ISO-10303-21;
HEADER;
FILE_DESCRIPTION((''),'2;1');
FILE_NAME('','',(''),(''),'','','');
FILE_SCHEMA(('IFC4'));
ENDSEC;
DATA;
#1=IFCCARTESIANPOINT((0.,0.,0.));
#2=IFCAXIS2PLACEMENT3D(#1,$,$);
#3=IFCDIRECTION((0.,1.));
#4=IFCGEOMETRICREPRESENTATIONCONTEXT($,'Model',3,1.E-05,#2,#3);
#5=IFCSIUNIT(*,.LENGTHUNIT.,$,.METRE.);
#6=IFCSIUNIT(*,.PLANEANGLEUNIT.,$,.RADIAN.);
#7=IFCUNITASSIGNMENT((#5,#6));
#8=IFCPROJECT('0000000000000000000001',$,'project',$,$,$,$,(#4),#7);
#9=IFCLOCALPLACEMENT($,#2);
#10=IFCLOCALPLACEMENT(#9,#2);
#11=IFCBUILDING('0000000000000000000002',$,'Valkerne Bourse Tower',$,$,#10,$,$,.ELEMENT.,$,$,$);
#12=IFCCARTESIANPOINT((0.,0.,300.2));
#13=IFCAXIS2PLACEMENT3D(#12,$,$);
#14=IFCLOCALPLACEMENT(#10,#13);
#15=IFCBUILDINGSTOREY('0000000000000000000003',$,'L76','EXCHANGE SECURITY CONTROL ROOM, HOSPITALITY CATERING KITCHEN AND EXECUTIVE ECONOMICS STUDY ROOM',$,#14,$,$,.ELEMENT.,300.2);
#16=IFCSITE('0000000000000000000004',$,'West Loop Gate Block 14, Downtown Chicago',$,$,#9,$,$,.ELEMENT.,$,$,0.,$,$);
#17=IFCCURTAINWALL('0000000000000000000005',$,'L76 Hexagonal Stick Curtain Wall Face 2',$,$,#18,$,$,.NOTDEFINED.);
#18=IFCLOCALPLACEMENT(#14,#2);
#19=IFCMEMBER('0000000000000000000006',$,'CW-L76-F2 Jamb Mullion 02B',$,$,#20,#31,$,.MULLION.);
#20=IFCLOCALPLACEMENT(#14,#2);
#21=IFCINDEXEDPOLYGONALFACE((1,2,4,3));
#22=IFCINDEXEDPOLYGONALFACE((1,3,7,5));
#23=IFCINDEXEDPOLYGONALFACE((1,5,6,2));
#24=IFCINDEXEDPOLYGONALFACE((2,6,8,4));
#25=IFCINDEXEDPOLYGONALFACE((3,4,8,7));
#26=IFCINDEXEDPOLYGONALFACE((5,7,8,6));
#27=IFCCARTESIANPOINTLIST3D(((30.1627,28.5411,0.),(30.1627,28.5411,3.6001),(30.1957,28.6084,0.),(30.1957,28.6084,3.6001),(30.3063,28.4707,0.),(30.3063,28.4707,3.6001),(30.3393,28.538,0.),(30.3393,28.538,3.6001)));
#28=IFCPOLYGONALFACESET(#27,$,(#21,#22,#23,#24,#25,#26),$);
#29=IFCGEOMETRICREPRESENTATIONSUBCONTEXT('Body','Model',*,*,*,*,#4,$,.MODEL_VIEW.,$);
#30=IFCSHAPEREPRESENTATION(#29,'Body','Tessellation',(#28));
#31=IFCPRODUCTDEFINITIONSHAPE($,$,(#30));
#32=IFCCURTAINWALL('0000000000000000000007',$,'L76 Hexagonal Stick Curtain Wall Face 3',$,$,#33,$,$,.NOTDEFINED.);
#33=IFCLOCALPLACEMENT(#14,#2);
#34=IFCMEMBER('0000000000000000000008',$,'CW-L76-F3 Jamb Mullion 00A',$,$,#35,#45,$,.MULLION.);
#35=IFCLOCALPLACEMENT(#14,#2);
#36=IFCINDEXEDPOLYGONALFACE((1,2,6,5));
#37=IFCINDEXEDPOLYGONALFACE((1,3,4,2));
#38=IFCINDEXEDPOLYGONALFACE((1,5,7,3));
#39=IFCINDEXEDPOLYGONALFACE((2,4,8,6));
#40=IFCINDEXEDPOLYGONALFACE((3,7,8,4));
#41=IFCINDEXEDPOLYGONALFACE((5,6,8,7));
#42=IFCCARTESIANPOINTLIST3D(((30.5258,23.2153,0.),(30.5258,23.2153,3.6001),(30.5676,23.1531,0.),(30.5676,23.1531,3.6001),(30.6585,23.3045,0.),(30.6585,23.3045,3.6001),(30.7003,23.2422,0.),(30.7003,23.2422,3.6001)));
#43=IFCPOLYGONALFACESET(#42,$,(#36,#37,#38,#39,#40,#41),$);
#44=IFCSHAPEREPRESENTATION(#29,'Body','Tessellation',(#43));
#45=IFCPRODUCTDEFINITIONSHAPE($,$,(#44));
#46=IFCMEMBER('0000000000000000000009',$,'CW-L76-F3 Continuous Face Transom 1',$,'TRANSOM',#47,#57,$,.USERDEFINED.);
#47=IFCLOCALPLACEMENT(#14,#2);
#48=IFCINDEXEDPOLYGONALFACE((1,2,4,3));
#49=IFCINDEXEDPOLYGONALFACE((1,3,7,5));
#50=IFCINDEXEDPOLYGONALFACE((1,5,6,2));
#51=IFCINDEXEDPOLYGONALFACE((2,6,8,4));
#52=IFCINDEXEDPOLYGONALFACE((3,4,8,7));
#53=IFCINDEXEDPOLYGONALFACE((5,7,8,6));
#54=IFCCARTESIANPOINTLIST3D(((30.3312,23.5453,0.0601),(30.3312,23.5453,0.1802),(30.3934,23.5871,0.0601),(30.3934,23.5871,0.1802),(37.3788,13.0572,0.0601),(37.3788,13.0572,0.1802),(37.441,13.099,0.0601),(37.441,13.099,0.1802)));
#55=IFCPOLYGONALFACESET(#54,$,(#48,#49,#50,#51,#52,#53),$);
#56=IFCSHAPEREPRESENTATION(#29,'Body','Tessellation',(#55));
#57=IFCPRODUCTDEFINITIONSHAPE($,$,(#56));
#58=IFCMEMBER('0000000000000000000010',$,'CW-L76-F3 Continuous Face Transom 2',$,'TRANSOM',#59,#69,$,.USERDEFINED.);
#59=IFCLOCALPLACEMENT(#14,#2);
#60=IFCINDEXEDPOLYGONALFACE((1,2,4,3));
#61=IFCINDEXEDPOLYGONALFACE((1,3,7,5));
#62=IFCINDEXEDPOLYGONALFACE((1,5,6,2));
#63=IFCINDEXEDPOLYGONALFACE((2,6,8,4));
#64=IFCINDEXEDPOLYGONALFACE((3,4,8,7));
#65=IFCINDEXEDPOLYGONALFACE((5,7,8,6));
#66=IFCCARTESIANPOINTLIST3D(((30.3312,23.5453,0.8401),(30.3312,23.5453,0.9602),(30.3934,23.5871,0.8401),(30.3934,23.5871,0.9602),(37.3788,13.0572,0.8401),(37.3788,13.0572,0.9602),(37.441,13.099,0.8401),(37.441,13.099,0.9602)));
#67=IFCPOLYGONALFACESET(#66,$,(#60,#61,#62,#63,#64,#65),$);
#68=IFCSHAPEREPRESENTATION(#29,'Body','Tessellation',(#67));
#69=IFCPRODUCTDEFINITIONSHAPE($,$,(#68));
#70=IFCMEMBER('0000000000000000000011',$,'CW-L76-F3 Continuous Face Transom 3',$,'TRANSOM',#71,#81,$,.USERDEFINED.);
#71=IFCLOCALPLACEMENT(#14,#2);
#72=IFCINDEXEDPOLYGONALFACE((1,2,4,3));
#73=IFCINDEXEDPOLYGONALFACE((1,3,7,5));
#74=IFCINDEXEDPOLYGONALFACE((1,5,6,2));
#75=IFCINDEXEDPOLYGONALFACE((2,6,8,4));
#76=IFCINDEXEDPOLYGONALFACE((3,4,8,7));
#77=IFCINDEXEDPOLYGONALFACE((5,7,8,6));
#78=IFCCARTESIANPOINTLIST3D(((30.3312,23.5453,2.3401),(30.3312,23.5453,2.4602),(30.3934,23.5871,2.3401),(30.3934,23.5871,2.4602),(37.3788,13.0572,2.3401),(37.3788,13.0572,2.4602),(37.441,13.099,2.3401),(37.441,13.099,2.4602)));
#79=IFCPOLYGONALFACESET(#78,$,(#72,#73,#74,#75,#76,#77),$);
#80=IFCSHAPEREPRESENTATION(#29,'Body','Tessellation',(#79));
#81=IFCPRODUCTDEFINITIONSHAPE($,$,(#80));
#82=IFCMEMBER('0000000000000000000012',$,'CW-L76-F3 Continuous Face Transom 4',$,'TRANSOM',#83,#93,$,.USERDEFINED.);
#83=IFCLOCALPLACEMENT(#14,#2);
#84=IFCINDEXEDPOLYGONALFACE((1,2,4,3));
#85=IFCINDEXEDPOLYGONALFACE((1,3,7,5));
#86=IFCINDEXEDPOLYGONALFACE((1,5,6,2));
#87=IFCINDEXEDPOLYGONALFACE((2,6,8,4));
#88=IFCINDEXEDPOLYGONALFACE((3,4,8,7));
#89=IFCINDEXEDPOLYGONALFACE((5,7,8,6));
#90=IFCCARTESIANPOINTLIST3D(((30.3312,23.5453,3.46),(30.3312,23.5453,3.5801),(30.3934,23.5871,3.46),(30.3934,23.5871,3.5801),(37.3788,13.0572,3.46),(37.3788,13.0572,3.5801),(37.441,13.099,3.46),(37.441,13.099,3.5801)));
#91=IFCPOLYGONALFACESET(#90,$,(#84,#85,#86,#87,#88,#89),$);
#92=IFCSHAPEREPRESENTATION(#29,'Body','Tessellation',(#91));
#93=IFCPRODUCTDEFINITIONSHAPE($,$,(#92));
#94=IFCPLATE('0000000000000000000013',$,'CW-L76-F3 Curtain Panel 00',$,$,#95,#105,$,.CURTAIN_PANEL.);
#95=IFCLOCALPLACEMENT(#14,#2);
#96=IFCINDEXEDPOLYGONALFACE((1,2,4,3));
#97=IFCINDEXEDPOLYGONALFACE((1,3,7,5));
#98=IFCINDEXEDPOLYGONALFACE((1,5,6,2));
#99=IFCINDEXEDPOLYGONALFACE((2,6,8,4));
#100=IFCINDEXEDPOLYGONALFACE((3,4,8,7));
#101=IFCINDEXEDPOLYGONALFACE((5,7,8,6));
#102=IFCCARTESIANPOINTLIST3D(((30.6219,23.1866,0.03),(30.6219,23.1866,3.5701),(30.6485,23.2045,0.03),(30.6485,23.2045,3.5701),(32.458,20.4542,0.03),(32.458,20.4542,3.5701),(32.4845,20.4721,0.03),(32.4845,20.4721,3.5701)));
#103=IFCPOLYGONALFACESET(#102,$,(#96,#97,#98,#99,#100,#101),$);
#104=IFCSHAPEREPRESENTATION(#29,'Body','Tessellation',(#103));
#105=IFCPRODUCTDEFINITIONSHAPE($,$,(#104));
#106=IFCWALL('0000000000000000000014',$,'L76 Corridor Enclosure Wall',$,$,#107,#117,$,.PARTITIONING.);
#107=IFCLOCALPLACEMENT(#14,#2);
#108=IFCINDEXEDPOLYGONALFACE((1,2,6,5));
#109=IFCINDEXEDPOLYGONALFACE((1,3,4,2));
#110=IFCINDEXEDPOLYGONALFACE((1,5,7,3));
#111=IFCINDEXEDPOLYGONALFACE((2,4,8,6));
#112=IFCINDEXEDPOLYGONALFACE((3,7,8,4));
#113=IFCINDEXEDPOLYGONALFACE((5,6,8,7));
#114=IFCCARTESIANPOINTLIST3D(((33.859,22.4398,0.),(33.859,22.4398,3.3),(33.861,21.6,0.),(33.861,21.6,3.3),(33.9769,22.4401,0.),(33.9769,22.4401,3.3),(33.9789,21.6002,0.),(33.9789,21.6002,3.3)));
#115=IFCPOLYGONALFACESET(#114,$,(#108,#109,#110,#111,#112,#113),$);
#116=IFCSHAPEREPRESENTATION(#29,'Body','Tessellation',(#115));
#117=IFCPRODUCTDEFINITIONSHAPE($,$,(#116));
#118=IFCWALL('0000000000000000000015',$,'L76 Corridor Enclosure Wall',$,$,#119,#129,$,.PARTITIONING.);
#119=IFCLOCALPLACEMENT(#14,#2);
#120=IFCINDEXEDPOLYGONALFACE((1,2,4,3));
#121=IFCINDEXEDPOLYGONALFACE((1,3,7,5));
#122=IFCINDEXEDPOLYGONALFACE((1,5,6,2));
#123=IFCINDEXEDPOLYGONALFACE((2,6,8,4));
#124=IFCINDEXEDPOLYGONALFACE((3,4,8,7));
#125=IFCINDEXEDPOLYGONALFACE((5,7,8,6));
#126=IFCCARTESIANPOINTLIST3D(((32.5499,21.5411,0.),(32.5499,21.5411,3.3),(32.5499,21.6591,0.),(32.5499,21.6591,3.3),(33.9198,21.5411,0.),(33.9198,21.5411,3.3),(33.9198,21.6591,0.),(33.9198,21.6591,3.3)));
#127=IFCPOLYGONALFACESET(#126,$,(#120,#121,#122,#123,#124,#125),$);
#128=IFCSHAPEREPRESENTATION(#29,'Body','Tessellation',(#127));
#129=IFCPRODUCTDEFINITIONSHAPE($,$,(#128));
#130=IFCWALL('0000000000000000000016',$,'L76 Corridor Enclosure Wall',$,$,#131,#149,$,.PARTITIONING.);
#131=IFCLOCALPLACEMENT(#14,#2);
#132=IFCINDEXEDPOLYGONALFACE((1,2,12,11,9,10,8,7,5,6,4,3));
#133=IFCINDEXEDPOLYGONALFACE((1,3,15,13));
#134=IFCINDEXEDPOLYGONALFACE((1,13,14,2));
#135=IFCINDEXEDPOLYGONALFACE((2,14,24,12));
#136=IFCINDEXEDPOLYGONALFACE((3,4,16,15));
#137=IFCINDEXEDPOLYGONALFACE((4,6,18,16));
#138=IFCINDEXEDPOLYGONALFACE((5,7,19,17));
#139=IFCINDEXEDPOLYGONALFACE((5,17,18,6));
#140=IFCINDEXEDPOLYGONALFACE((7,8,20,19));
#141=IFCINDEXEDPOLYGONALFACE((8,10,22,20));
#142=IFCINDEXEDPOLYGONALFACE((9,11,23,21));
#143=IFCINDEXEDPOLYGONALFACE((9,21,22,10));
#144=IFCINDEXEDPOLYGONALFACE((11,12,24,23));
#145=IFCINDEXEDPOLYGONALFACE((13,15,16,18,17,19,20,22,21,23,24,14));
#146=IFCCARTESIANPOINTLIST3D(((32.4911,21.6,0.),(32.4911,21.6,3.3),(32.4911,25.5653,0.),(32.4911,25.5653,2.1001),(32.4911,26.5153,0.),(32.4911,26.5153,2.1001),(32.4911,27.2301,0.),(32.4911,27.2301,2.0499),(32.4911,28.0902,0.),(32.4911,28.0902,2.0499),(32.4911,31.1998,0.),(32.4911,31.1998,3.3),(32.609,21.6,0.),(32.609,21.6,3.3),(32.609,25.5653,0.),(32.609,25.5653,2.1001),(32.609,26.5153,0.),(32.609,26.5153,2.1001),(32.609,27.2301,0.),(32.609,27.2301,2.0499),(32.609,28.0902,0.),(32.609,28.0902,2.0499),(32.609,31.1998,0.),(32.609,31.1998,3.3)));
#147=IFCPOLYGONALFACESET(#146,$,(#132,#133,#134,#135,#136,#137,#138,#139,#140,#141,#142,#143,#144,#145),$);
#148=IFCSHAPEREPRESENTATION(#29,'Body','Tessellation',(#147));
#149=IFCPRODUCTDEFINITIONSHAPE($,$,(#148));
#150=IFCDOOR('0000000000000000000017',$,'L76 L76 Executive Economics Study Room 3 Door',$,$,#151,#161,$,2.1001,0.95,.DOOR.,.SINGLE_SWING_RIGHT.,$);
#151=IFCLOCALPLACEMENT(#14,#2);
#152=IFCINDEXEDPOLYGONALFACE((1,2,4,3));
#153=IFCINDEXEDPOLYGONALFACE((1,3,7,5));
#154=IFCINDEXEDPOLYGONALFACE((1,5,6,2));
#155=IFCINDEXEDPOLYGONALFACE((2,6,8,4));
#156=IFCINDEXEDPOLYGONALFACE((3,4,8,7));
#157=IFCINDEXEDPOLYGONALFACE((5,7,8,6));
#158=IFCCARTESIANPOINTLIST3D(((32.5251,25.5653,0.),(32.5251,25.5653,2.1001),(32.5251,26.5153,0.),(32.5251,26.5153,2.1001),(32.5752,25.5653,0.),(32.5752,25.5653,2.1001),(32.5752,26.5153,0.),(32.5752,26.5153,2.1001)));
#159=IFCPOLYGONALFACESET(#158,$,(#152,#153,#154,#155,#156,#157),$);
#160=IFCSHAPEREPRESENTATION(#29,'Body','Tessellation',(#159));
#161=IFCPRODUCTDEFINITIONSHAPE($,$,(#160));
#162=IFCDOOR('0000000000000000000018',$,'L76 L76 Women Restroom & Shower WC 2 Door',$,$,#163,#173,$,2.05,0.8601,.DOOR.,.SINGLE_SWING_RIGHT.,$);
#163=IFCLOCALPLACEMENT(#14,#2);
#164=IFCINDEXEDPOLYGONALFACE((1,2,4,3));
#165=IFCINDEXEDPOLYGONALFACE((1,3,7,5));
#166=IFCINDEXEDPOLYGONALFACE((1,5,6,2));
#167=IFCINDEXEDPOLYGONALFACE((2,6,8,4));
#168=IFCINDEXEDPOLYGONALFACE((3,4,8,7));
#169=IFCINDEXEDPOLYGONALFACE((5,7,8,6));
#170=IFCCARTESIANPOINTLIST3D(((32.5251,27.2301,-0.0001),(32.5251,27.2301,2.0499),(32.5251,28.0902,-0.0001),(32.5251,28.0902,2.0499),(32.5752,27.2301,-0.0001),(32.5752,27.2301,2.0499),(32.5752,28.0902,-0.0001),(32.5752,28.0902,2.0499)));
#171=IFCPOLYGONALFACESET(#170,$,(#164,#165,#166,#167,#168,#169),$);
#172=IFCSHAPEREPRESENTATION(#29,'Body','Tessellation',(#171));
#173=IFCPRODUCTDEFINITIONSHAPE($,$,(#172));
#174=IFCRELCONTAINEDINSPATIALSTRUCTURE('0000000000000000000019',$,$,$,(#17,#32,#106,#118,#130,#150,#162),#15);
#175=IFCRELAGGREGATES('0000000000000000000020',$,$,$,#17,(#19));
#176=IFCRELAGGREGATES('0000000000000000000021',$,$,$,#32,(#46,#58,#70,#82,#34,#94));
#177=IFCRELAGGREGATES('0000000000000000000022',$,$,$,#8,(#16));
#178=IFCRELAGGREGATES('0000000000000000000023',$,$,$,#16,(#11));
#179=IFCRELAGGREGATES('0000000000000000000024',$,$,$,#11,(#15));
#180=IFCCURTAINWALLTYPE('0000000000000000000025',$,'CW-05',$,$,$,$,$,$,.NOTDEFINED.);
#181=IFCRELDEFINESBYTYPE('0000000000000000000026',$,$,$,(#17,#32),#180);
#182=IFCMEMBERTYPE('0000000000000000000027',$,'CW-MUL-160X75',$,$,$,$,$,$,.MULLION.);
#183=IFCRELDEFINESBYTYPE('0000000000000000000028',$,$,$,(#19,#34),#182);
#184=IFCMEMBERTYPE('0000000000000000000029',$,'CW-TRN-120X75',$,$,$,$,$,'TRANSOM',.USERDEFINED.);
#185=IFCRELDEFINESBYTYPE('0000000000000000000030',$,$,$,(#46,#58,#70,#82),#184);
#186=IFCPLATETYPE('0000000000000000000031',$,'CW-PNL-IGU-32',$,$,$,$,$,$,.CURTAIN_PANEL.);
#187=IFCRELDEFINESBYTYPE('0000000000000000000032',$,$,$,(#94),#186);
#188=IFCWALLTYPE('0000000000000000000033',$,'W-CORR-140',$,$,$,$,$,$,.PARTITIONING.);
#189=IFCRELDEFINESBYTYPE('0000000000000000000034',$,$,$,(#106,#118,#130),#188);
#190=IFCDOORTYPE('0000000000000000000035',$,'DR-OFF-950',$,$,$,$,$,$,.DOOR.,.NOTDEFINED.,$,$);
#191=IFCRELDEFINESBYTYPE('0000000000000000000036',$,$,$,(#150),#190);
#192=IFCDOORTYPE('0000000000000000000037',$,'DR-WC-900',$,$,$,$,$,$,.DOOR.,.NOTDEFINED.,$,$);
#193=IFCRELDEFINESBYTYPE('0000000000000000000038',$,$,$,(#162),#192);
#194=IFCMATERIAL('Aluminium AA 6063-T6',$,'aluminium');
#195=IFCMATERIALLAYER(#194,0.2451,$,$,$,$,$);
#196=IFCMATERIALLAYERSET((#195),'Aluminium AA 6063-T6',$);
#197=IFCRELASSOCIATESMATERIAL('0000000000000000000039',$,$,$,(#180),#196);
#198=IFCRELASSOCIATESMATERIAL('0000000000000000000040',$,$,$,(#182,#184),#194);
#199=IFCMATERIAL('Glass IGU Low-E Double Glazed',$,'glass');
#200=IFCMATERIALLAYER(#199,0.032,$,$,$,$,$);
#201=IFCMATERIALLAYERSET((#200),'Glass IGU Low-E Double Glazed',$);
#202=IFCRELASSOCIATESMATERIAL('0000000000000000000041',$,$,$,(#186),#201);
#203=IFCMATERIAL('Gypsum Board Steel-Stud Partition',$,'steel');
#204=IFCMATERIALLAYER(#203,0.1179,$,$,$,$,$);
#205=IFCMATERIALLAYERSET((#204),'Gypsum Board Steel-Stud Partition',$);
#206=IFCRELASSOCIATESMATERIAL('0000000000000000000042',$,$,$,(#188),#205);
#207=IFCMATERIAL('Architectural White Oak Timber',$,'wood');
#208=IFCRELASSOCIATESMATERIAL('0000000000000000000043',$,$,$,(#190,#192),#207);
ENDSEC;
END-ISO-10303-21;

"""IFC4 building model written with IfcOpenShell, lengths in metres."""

from ifc_helpers import new_model, si_unit, direction, frame, frame_2d, origin, origin_2d, place, context, subcontext, project, spatial, rectangle, extrude, material, layer, layer_set, material_profile, profile_set, type_object, element, fill, aggregate, save


model = new_model("IFC4")

# Units and contexts
model_context = context("Model", 3, precision=1e-05, world=origin(), true_north=direction((0.0, 1.0)))
body_context = subcontext(model_context, "Body", "Model", "MODEL_VIEW")
ifc_project = project(units=[si_unit("LENGTHUNIT", "METRE"), si_unit("PLANEANGLEUNIT", "RADIAN")], contexts=[model_context])

# Site, building, storey
site_placement = place(None, origin())
site = spatial("IfcSite", under=ifc_project, at=site_placement, Name="West Loop Gate Block 14, Downtown Chicago", CompositionType="ELEMENT", RefElevation=0.0)
building_placement = place(site_placement, origin())
building = spatial("IfcBuilding", under=site, at=building_placement, Name="Valkerne Bourse Tower", CompositionType="ELEMENT")
storey_placement = place(building_placement, frame((0.0, 0.0, 300.2)))
storey = spatial("IfcBuildingStorey", under=building, at=storey_placement, Name="L76", Description="EXCHANGE SECURITY CONTROL ROOM, HOSPITALITY CATERING KITCHEN AND EXECUTIVE ECONOMICS STUDY ROOM", CompositionType="ELEMENT", Elevation=300.2)

# Curtain wall, member
ifc_material_1 = material(Name="Aluminium AA 6063-T6", Category="aluminium")
ifc_layer_1 = layer(ifc_material_1, 0.2451)
ifc_layer_set_1 = layer_set([ifc_layer_1], Name="Aluminium AA 6063-T6")
curtain_wall_type = type_object("IfcCurtainWallType", Name="CW-05", PredefinedType="NOTDEFINED", material=ifc_layer_set_1)
curtain_wall_1_placement = place(storey_placement, origin())
curtain_wall_1 = element("IfcCurtainWall", 1, at=curtain_wall_1_placement, inside=storey, type_object=curtain_wall_type, Name="L76 Hexagonal Stick Curtain Wall Face 2", PredefinedType="NOTDEFINED")
ifc_material_profile_1 = material_profile(ifc_material_1, rectangle(XDim=0.075, YDim=0.1599, at=origin_2d()), Name="CWM-75X160")
ifc_profile_set_1 = profile_set([ifc_material_profile_1], Name="Aluminium AA 6063-T6")
member_type_1 = type_object("IfcMemberType", Name="CW-MUL-160X75", PredefinedType="MULLION", material=ifc_profile_set_1)
member_1_placement = place(storey_placement, frame((30.251, 28.5396, 0.0), z_axis=(0.0, 0.0, 1.0), x_axis=(-0.439934, -0.89803, 0.0)))
member_1 = element("IfcMember", 2, at=member_1_placement, type_object=member_type_1, Name="CW-L76-F2 Jamb Mullion 02B", PredefinedType="MULLION", context=body_context, shape_type="SweptSolid", body=[
    extrude(rectangle(XDim=0.075, YDim=0.1599, at=origin_2d()), origin(), (0.0, 0.0, 1.0), 3.6001),
])
aggregate(curtain_wall_1, [member_1])

# Curtain wall, members, plate
curtain_wall_2_placement = place(storey_placement, origin())
curtain_wall_2 = element("IfcCurtainWall", 3, at=curtain_wall_2_placement, inside=storey, type_object=curtain_wall_type, Name="L76 Hexagonal Stick Curtain Wall Face 3", PredefinedType="NOTDEFINED")
member_2_placement = place(storey_placement, frame((30.613, 23.2288, 0.0), z_axis=(0.0, 0.0, 1.0), x_axis=(0.557743, -0.830014, 0.0)))
member_2 = element("IfcMember", 4, at=member_2_placement, type_object=member_type_1, Name="CW-L76-F3 Jamb Mullion 00A", PredefinedType="MULLION", context=body_context, shape_type="SweptSolid", body=[
    extrude(rectangle(XDim=0.075, YDim=0.1599, at=origin_2d()), origin(), (0.0, 0.0, 1.0), 3.6001),
])
ifc_material_profile_2 = material_profile(ifc_material_1, rectangle(XDim=0.075, YDim=0.1201, at=origin_2d()), Name="CWT-75X120")
ifc_profile_set_2 = profile_set([ifc_material_profile_2], Name="Aluminium AA 6063-T6")
member_type_2 = type_object("IfcMemberType", Name="CW-TRN-120X75", ElementType="TRANSOM", PredefinedType="USERDEFINED", material=ifc_profile_set_2)
member_3_placement = place(storey_placement, frame((30.3623, 23.5662, 0.1201), z_axis=(0.557742, -0.830015, 0.0), x_axis=(0.830015, 0.557742, 0.0)))
member_3 = element("IfcMember", 5, at=member_3_placement, type_object=member_type_2, Name="CW-L76-F3 Continuous Face Transom 1", ObjectType="TRANSOM", PredefinedType="USERDEFINED", context=body_context, shape_type="SweptSolid", body=[
    extrude(rectangle(XDim=0.075, YDim=0.1201, at=origin_2d()), origin(), (0.0, 0.0, 1.0), 12.636),
])
member_4_placement = place(storey_placement, frame((30.3623, 23.5662, 0.9001), z_axis=(0.557742, -0.830015, 0.0), x_axis=(0.830015, 0.557742, 0.0)))
member_4 = element("IfcMember", 6, at=member_4_placement, type_object=member_type_2, Name="CW-L76-F3 Continuous Face Transom 2", ObjectType="TRANSOM", PredefinedType="USERDEFINED", context=body_context, shape_type="SweptSolid", body=[
    extrude(rectangle(XDim=0.075, YDim=0.1201, at=origin_2d()), origin(), (0.0, 0.0, 1.0), 12.636),
])
member_5_placement = place(storey_placement, frame((30.3623, 23.5662, 2.4001), z_axis=(0.557742, -0.830015, 0.0), x_axis=(0.830015, 0.557742, 0.0)))
member_5 = element("IfcMember", 7, at=member_5_placement, type_object=member_type_2, Name="CW-L76-F3 Continuous Face Transom 3", ObjectType="TRANSOM", PredefinedType="USERDEFINED", context=body_context, shape_type="SweptSolid", body=[
    extrude(rectangle(XDim=0.075, YDim=0.1201, at=origin_2d()), origin(), (0.0, 0.0, 1.0), 12.636),
])
member_6_placement = place(storey_placement, frame((30.3623, 23.5662, 3.52), z_axis=(0.557742, -0.830015, 0.0), x_axis=(0.830015, 0.557742, 0.0)))
member_6 = element("IfcMember", 8, at=member_6_placement, type_object=member_type_2, Name="CW-L76-F3 Continuous Face Transom 4", ObjectType="TRANSOM", PredefinedType="USERDEFINED", context=body_context, shape_type="SweptSolid", body=[
    extrude(rectangle(XDim=0.075, YDim=0.1201, at=origin_2d()), origin(), (0.0, 0.0, 1.0), 12.636),
])
ifc_material_2 = material(Name="Glass IGU Low-E Double Glazed", Category="glass")
ifc_layer_2 = layer(ifc_material_2, 0.032)
ifc_layer_set_2 = layer_set([ifc_layer_2], Name="Glass IGU Low-E Double Glazed")
plate_type = type_object("IfcPlateType", Name="CW-PNL-IGU-32", PredefinedType="CURTAIN_PANEL", material=ifc_layer_set_2)
plate_placement = place(storey_placement, frame((31.5532, 21.8293, 0.03), z_axis=(0.0, 0.0, 1.0), x_axis=(0.557743, -0.830014, 0.0)))
plate = element("IfcPlate", 9, at=plate_placement, type_object=plate_type, Name="CW-L76-F3 Curtain Panel 00", PredefinedType="CURTAIN_PANEL", context=body_context, shape_type="SweptSolid", body=[
    extrude(rectangle(XDim=3.292, YDim=0.032, at=origin_2d()), origin(), (0.0, 0.0, 1.0), 3.54),
])
aggregate(curtain_wall_2, [member_3, member_4, member_5, member_6, member_2, plate])

# Walls
ifc_material_3 = material(Name="Gypsum Board Steel-Stud Partition", Category="steel")
ifc_layer_3 = layer(ifc_material_3, 0.1179)
ifc_layer_set_3 = layer_set([ifc_layer_3], Name="Gypsum Board Steel-Stud Partition")
wall_type_1 = type_object("IfcWallType", Name="W-CORR-140", PredefinedType="PARTITIONING", material=ifc_layer_set_3)
wall_1_placement = place(storey_placement, frame((33.918, 22.4399, 0.0), z_axis=(0.0, 0.0, 1.0), x_axis=(0.002326, -0.999997, 0.0)))
element("IfcWall", 10, at=wall_1_placement, inside=storey, type_object=wall_type_1, Name="L76 Corridor Enclosure Wall", PredefinedType="PARTITIONING", context=body_context, shape_type="SweptSolid", body=[
    extrude(rectangle(XDim=0.8398, YDim=0.1179, at=frame_2d((0.4199, 0.0))), origin(), (0.0, 0.0, 1.0), 3.3),
])
wall_2_placement = place(storey_placement, frame((33.9199, 21.6001, 0.0), z_axis=(0.0, 0.0, 1.0), x_axis=(-1.0, 0.0, 0.0)))
element("IfcWall", 11, at=wall_2_placement, inside=storey, type_object=wall_type_1, Name="L76 Corridor Enclosure Wall", PredefinedType="PARTITIONING", context=body_context, shape_type="SweptSolid", body=[
    extrude(rectangle(XDim=1.3699, YDim=0.1179, at=frame_2d((0.6851, 0.0))), origin(), (0.0, 0.0, 1.0), 3.3),
])

# Wall, openings, doors
wall_3_placement = place(storey_placement, frame((32.55, 21.6001, 0.0), z_axis=(0.0, 0.0, 1.0), x_axis=(0.0, 1.0, 0.0)))
wall_3 = element("IfcWall", 12, at=wall_3_placement, inside=storey, type_object=wall_type_1, Name="L76 Corridor Enclosure Wall", PredefinedType="PARTITIONING", context=body_context, shape_type="SweptSolid", body=[
    extrude(rectangle(XDim=9.5999, YDim=0.1179, at=frame_2d((4.7998, 0.0))), origin(), (0.0, 0.0, 1.0), 3.3),
])
opening_1_placement = place(wall_3_placement, frame((5.6299, 0.0, 0.0)))
opening_1 = element("IfcOpeningElement", 13, at=opening_1_placement, cuts=wall_3, PredefinedType="OPENING", context=body_context, shape_type="SweptSolid", body=[
    extrude(rectangle(XDim=0.8601, YDim=2.05, at=frame_2d((0.4302, 1.0249))), frame((0.0, 0.0688, 0.0), z_axis=(0.0, -1.0, 0.0), x_axis=(1.0, 0.0, 0.0)), (0.0, 0.0, 1.0), 0.1379),
])
opening_2_placement = place(wall_3_placement, frame((3.9651, 0.0, 0.0)))
opening_2 = element("IfcOpeningElement", 14, at=opening_2_placement, cuts=wall_3, PredefinedType="OPENING", context=body_context, shape_type="SweptSolid", body=[
    extrude(rectangle(XDim=0.95, YDim=2.1001, at=frame_2d((0.4751, 1.05))), frame((0.0, 0.0688, 0.0), z_axis=(0.0, -1.0, 0.0), x_axis=(1.0, 0.0, 0.0)), (0.0, 0.0, 1.0), 0.1379),
])
ifc_material_4 = material(Name="Architectural White Oak Timber", Category="wood")
door_type_1 = type_object("IfcDoorType", Name="DR-OFF-950", OperationType="NOTDEFINED", PredefinedType="DOOR", material=ifc_material_4)
door_1_placement = place(opening_2_placement, origin())
door_1 = element("IfcDoor", 15, at=door_1_placement, inside=storey, type_object=door_type_1, Name="L76 L76 Executive Economics Study Room 3 Door", OperationType="SINGLE_SWING_RIGHT", OverallHeight=2.1001, OverallWidth=0.95, PredefinedType="DOOR", context=body_context, shape_type="SweptSolid", body=[
    extrude(rectangle(XDim=0.95, YDim=2.1001, at=frame_2d((0.4751, 1.05))), frame((0.0, 0.0249, 0.0), z_axis=(0.0, -1.0, 0.0), x_axis=(1.0, 0.0, 0.0)), (0.0, 0.0, 1.0), 0.05),
])
fill(opening_2, door_1)
door_type_2 = type_object("IfcDoorType", Name="DR-WC-900", OperationType="NOTDEFINED", PredefinedType="DOOR", material=ifc_material_4)
door_2_placement = place(opening_1_placement, origin())
door_2 = element("IfcDoor", 16, at=door_2_placement, inside=storey, type_object=door_type_2, Name="L76 L76 Women Restroom & Shower WC 2 Door", OperationType="SINGLE_SWING_RIGHT", OverallHeight=2.05, OverallWidth=0.8601, PredefinedType="DOOR", context=body_context, shape_type="SweptSolid", body=[
    extrude(rectangle(XDim=0.8601, YDim=2.05, at=frame_2d((0.4302, 1.0249))), frame((0.0, 0.0249, 0.0), z_axis=(0.0, -1.0, 0.0), x_axis=(1.0, 0.0, 0.0)), (0.0, 0.0, 1.0), 0.05),
])
fill(opening_1, door_2)

save(model, "model.ifc")
